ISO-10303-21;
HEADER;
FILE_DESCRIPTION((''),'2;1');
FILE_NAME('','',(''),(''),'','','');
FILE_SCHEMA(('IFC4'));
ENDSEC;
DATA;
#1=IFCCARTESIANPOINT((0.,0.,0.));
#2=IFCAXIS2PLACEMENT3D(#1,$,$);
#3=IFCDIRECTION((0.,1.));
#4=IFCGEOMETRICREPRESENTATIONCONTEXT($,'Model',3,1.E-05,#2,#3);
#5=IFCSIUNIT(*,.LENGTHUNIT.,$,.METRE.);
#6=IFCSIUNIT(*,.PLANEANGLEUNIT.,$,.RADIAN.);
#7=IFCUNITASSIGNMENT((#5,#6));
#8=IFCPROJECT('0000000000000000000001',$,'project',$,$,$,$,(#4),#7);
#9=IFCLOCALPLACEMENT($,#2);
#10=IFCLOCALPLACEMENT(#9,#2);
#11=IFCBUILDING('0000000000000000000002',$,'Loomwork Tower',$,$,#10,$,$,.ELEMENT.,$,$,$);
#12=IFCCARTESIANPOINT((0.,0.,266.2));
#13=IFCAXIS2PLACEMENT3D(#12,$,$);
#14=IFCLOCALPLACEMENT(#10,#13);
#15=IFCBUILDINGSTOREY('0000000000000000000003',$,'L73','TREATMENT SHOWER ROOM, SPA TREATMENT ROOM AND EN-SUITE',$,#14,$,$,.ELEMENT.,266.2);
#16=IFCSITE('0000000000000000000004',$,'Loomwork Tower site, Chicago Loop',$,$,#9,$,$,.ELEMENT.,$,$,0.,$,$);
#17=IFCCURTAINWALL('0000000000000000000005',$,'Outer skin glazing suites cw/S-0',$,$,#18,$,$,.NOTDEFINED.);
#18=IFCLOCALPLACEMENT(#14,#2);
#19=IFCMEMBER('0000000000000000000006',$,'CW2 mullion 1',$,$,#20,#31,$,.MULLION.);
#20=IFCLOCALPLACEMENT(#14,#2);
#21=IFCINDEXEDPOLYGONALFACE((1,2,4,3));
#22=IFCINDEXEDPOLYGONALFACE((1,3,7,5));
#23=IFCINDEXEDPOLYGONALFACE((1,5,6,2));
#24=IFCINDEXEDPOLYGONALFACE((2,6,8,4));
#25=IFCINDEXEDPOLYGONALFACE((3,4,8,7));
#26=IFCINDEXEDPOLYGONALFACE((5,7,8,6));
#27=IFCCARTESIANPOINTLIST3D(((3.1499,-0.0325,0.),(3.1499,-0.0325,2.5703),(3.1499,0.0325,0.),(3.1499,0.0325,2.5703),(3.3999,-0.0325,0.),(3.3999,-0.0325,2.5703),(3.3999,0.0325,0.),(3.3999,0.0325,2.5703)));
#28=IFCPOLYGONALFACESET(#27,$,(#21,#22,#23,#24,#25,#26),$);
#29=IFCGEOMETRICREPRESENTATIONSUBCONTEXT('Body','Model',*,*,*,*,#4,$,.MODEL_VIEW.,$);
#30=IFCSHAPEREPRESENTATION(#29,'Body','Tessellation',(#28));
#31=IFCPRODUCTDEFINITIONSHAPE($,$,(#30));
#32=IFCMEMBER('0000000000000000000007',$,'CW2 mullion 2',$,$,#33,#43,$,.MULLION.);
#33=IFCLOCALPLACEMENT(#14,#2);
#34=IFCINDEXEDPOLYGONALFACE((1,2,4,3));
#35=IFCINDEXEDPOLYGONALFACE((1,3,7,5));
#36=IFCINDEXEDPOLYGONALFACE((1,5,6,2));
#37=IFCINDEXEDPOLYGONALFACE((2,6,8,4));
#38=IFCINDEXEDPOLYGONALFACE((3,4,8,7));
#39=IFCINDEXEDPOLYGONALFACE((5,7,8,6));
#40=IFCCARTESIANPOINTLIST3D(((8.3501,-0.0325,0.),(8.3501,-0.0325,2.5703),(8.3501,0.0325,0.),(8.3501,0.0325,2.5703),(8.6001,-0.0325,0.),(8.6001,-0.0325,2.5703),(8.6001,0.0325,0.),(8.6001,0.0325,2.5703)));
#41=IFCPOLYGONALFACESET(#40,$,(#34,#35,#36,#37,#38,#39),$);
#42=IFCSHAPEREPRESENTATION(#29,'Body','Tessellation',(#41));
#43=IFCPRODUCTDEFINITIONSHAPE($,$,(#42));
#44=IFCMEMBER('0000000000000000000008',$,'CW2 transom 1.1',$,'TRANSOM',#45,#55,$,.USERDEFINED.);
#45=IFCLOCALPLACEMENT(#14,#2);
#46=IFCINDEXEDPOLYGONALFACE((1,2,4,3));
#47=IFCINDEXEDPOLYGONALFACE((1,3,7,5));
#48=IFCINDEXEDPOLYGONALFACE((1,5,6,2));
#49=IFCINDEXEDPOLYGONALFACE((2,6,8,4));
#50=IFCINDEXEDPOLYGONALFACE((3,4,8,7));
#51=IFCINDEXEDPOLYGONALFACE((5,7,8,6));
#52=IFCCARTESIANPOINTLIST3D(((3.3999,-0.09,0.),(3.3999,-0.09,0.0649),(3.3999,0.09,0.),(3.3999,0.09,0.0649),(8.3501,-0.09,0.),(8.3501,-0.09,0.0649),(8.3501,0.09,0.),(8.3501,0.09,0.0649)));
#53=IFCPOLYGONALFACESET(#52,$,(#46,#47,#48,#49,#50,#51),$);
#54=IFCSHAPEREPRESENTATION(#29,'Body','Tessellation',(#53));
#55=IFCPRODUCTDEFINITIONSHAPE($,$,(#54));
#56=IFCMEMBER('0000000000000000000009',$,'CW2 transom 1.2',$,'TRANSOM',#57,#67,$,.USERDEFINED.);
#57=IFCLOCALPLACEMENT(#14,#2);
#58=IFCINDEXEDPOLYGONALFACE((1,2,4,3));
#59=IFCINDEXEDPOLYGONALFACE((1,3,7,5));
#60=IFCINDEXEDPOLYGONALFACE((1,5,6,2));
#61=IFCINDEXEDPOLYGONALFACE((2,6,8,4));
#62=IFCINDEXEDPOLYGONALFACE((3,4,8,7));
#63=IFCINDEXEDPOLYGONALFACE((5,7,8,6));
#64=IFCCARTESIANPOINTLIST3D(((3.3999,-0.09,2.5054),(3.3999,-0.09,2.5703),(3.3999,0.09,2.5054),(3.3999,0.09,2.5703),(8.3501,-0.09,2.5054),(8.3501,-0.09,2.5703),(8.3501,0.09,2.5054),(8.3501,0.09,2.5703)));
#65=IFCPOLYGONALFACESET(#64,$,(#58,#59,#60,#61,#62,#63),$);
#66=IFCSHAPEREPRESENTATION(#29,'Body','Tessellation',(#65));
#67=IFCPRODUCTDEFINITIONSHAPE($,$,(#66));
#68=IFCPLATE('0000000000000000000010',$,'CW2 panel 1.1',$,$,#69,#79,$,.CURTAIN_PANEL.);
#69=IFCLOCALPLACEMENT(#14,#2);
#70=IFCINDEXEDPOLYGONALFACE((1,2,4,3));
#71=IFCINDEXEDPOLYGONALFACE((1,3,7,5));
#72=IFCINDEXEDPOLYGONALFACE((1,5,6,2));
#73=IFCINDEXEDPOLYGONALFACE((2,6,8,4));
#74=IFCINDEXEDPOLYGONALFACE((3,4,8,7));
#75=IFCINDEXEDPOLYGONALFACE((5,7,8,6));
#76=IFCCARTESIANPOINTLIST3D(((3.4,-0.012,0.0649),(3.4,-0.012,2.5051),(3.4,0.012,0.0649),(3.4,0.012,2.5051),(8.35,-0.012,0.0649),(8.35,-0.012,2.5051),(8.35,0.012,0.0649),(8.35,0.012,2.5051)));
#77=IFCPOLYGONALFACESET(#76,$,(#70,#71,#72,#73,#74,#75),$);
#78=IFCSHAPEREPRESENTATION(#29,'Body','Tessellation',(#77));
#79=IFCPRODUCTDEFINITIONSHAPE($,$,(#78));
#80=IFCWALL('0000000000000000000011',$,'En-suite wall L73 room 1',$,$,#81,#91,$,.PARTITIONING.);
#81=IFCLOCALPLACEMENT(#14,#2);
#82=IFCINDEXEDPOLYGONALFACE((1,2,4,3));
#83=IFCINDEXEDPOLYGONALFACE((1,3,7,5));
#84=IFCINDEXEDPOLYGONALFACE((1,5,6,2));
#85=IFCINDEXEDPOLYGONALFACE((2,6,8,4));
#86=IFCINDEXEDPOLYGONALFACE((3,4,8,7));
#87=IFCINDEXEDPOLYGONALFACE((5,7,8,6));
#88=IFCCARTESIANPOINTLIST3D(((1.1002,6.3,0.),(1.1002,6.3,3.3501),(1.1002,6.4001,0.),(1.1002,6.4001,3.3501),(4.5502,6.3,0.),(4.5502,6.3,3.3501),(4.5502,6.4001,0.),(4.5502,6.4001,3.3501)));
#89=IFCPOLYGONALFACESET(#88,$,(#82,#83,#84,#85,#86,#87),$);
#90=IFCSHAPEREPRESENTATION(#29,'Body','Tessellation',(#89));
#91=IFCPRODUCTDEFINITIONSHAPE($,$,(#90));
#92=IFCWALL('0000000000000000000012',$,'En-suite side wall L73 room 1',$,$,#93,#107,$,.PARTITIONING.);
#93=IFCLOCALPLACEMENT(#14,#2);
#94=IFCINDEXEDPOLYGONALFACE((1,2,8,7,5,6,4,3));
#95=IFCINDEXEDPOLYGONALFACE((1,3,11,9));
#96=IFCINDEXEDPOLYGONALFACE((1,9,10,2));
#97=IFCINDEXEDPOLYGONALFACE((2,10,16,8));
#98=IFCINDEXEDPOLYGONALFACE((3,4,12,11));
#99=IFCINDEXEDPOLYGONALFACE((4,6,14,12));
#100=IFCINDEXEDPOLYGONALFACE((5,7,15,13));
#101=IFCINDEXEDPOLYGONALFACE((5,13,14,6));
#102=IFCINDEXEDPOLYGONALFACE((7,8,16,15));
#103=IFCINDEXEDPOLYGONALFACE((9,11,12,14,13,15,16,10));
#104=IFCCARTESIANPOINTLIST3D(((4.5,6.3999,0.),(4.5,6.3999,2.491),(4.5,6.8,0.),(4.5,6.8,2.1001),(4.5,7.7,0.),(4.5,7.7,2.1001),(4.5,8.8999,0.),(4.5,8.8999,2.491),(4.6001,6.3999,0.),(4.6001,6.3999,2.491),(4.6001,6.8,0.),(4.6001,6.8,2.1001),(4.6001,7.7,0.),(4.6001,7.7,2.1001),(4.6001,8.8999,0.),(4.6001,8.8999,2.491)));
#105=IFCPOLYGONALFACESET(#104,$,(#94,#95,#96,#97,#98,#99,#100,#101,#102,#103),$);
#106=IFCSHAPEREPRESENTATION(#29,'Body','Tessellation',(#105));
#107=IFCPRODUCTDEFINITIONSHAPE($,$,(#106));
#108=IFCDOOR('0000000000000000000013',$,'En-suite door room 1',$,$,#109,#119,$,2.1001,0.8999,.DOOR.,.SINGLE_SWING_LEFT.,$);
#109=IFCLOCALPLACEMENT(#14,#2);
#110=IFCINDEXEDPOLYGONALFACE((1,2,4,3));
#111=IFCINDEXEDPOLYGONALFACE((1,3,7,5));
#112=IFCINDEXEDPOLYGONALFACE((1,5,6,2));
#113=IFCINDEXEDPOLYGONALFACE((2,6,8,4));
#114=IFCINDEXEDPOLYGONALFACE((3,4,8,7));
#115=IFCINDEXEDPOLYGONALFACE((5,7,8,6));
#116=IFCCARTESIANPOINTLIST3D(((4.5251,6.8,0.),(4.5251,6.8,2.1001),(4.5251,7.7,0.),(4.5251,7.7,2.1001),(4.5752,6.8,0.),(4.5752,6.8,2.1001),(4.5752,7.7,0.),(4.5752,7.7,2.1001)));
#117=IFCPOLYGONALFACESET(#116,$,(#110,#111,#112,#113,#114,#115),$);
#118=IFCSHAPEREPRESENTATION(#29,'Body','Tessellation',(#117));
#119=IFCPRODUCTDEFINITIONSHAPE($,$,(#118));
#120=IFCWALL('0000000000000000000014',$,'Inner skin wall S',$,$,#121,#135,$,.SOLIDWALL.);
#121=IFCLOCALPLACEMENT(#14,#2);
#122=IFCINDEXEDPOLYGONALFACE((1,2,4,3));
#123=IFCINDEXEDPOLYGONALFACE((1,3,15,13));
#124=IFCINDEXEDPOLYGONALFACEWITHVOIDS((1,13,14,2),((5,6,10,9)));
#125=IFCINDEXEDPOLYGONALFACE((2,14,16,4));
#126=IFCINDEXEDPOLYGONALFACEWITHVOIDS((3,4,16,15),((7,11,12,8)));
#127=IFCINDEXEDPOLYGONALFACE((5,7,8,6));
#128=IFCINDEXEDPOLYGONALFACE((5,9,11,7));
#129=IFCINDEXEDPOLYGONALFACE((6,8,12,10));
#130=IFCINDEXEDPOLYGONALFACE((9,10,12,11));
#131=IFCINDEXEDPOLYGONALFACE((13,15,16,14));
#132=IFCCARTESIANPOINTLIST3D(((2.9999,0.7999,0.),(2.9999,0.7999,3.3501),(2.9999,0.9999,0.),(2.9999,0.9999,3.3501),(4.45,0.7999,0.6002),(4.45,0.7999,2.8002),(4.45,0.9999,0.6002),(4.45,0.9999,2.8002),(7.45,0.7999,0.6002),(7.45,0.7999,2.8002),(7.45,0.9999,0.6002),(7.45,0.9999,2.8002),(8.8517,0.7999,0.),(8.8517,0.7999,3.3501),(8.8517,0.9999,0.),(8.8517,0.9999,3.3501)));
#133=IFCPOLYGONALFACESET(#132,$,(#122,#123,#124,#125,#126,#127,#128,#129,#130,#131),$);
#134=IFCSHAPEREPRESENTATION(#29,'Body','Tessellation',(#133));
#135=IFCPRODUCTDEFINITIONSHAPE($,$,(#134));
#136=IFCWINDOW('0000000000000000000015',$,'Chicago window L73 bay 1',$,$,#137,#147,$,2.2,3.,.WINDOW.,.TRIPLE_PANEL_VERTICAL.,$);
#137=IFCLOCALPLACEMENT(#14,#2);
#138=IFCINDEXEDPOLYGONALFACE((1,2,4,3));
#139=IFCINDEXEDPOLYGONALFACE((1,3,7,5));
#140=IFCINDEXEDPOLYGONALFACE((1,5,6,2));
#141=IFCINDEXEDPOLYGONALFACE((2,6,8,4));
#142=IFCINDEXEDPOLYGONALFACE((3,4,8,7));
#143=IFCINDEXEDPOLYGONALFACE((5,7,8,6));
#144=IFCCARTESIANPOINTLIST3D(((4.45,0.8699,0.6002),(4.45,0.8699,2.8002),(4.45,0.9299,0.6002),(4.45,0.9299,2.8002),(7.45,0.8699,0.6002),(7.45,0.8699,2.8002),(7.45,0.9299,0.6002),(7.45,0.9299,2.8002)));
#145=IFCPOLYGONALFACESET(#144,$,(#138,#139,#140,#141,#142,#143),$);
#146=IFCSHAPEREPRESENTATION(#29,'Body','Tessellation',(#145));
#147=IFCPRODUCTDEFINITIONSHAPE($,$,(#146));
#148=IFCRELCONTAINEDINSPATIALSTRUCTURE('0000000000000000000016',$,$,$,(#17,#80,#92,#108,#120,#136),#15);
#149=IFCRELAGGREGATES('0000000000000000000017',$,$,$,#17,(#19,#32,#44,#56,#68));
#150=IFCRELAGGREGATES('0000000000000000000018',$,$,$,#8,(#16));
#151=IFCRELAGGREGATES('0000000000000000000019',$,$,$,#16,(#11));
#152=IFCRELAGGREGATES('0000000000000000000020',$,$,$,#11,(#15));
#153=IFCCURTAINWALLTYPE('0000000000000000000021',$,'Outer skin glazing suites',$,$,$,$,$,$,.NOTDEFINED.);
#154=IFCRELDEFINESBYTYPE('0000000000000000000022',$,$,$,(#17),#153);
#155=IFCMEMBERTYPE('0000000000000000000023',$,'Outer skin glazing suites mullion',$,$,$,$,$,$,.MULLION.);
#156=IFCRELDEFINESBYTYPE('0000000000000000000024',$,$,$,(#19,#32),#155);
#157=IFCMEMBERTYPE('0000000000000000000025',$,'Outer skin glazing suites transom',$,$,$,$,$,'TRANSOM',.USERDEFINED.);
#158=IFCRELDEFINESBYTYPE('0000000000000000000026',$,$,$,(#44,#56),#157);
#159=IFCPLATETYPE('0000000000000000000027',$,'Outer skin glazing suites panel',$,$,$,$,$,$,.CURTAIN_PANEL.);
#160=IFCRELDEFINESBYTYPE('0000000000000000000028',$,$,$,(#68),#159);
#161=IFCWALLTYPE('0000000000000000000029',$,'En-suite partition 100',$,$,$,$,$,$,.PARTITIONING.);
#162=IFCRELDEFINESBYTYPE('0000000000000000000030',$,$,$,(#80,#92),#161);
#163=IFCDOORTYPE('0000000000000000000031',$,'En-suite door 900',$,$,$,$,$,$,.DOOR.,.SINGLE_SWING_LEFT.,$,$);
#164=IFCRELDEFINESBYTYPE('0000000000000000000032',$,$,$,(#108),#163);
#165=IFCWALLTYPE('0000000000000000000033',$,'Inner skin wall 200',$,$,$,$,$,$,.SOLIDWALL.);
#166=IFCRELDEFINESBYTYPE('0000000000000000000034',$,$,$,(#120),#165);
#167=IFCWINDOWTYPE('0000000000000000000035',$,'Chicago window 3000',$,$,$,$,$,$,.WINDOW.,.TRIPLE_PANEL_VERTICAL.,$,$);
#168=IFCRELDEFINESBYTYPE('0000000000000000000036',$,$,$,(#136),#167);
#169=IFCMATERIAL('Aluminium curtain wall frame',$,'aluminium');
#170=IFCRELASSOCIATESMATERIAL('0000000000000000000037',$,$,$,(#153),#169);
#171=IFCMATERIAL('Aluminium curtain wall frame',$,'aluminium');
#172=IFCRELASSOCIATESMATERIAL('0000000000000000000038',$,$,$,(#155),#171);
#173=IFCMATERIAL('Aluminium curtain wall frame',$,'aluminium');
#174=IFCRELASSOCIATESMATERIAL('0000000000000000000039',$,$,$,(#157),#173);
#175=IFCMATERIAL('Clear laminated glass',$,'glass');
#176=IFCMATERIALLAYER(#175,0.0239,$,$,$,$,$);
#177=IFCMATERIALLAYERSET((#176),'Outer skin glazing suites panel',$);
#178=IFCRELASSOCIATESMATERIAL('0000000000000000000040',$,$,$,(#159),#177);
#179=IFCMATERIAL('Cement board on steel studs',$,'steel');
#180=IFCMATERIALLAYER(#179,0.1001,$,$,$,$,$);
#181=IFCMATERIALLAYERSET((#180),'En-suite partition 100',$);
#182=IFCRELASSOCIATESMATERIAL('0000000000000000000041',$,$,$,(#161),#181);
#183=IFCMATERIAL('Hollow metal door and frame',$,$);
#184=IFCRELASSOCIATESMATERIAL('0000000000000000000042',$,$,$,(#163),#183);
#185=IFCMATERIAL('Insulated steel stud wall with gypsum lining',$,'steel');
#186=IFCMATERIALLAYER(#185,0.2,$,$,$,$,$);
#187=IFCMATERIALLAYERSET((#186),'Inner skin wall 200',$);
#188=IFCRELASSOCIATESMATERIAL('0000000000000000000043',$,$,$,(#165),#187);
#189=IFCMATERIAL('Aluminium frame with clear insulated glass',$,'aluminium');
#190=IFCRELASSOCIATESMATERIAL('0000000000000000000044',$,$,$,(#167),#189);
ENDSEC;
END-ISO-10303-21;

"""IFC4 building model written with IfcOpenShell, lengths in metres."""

from ifc_helpers import new_model, si_unit, direction, frame, frame_2d, origin, origin_2d, place, context, subcontext, project, spatial, rectangle, extrude, material, layer, layer_set, material_profile, profile_set, type_object, element, fill, aggregate, save


model = new_model("IFC4")

# Units and contexts
model_context = context("Model", 3, precision=1e-05, world=origin(), true_north=direction((0.0, 1.0)))
body_context = subcontext(model_context, "Body", "Model", "MODEL_VIEW")
ifc_project = project(units=[si_unit("LENGTHUNIT", "METRE"), si_unit("PLANEANGLEUNIT", "RADIAN")], contexts=[model_context])

# Site, building, storey
site_placement = place(None, origin())
site = spatial("IfcSite", under=ifc_project, at=site_placement, Name="Loomwork Tower site, Chicago Loop", CompositionType="ELEMENT", RefElevation=0.0)
building_placement = place(site_placement, origin())
building = spatial("IfcBuilding", under=site, at=building_placement, Name="Loomwork Tower", CompositionType="ELEMENT")
storey_placement = place(building_placement, frame((0.0, 0.0, 266.2)))
storey = spatial("IfcBuildingStorey", under=building, at=storey_placement, Name="L73", Description="TREATMENT SHOWER ROOM, SPA TREATMENT ROOM AND EN-SUITE", CompositionType="ELEMENT", Elevation=266.2)

# Curtain wall, members, plate
ifc_material_1 = material(Name="Aluminium curtain wall frame", Category="aluminium")
curtain_wall_type = type_object("IfcCurtainWallType", Name="Outer skin glazing suites", PredefinedType="NOTDEFINED", material=ifc_material_1)
curtain_wall_placement = place(storey_placement, origin())
curtain_wall = element("IfcCurtainWall", 1, at=curtain_wall_placement, inside=storey, type_object=curtain_wall_type, Name="Outer skin glazing suites cw/S-0", PredefinedType="NOTDEFINED")
ifc_material_2 = material(Name="Aluminium curtain wall frame", Category="aluminium")
ifc_material_profile_1 = material_profile(ifc_material_2, rectangle(XDim=0.0649, YDim=0.25, at=origin_2d()), Name="AL 65x250")
ifc_profile_set_1 = profile_set([ifc_material_profile_1], Name="Aluminium curtain wall frame")
member_type_1 = type_object("IfcMemberType", Name="Outer skin glazing suites mullion", PredefinedType="MULLION", material=ifc_profile_set_1)
member_1_placement = place(storey_placement, frame((3.2749, 0.0, 0.0), z_axis=(0.0, 0.0, 1.0), x_axis=(0.0, 1.0, 0.0)))
member_1 = element("IfcMember", 2, at=member_1_placement, type_object=member_type_1, Name="CW2 mullion 1", PredefinedType="MULLION", context=body_context, shape_type="SweptSolid", body=[
    extrude(rectangle(XDim=0.0649, YDim=0.25, at=origin_2d()), origin(), (0.0, 0.0, 1.0), 2.5703),
])
member_2_placement = place(storey_placement, frame((8.4751, 0.0, 0.0), z_axis=(0.0, 0.0, 1.0), x_axis=(0.0, 1.0, 0.0)))
member_2 = element("IfcMember", 3, at=member_2_placement, type_object=member_type_1, Name="CW2 mullion 2", PredefinedType="MULLION", context=body_context, shape_type="SweptSolid", body=[
    extrude(rectangle(XDim=0.0649, YDim=0.25, at=origin_2d()), origin(), (0.0, 0.0, 1.0), 2.5703),
])
ifc_material_3 = material(Name="Aluminium curtain wall frame", Category="aluminium")
ifc_material_profile_2 = material_profile(ifc_material_3, rectangle(XDim=0.1799, YDim=0.0649, at=origin_2d()), Name="AL 65x180")
ifc_profile_set_2 = profile_set([ifc_material_profile_2], Name="Aluminium curtain wall frame")
member_type_2 = type_object("IfcMemberType", Name="Outer skin glazing suites transom", ElementType="TRANSOM", PredefinedType="USERDEFINED", material=ifc_profile_set_2)
member_3_placement = place(storey_placement, frame((3.3999, 0.0, 0.0325), z_axis=(1.0, 0.0, 0.0), x_axis=(0.0, 1.0, 0.0)))
member_3 = element("IfcMember", 4, at=member_3_placement, type_object=member_type_2, Name="CW2 transom 1.1", ObjectType="TRANSOM", PredefinedType="USERDEFINED", context=body_context, shape_type="SweptSolid", body=[
    extrude(rectangle(XDim=0.1799, YDim=0.0649, at=origin_2d()), origin(), (0.0, 0.0, 1.0), 4.9502),
])
member_4_placement = place(storey_placement, frame((3.3999, 0.0, 2.5378), z_axis=(1.0, 0.0, 0.0), x_axis=(0.0, 1.0, 0.0)))
member_4 = element("IfcMember", 5, at=member_4_placement, type_object=member_type_2, Name="CW2 transom 1.2", ObjectType="TRANSOM", PredefinedType="USERDEFINED", context=body_context, shape_type="SweptSolid", body=[
    extrude(rectangle(XDim=0.1799, YDim=0.0649, at=origin_2d()), origin(), (0.0, 0.0, 1.0), 4.9502),
])
ifc_material_4 = material(Name="Clear laminated glass", Category="glass")
ifc_layer_1 = layer(ifc_material_4, 0.0239)
ifc_layer_set_1 = layer_set([ifc_layer_1], Name="Outer skin glazing suites panel")
plate_type = type_object("IfcPlateType", Name="Outer skin glazing suites panel", PredefinedType="CURTAIN_PANEL", material=ifc_layer_set_1)
plate_placement = place(storey_placement, frame((5.875, 0.0, 0.0649), z_axis=(0.0, 0.0, 1.0), x_axis=(1.0, 0.0, 0.0)))
plate = element("IfcPlate", 6, at=plate_placement, type_object=plate_type, Name="CW2 panel 1.1", PredefinedType="CURTAIN_PANEL", context=body_context, shape_type="SweptSolid", body=[
    extrude(rectangle(XDim=4.95, YDim=0.0239, at=origin_2d()), origin(), (0.0, 0.0, 1.0), 2.4402),
])
aggregate(curtain_wall, [member_1, member_2, member_3, member_4, plate])

# Wall
ifc_material_5 = material(Name="Cement board on steel studs", Category="steel")
ifc_layer_2 = layer(ifc_material_5, 0.1001)
ifc_layer_set_2 = layer_set([ifc_layer_2], Name="En-suite partition 100")
wall_type_1 = type_object("IfcWallType", Name="En-suite partition 100", PredefinedType="PARTITIONING", material=ifc_layer_set_2)
wall_1_placement = place(storey_placement, frame((1.1001, 6.3501, 0.0), z_axis=(0.0, 0.0, 1.0), x_axis=(1.0, 0.0, 0.0)))
element("IfcWall", 7, at=wall_1_placement, inside=storey, type_object=wall_type_1, Name="En-suite wall L73 room 1", PredefinedType="PARTITIONING", context=body_context, shape_type="SweptSolid", body=[
    extrude(rectangle(XDim=3.45, YDim=0.1001, at=frame_2d((1.7251, 0.0))), origin(), (0.0, 0.0, 1.0), 3.3501),
])

# Wall, opening, door
wall_2_placement = place(storey_placement, frame((4.55, 8.8999, 0.0), z_axis=(0.0, 0.0, 1.0), x_axis=(0.0, -1.0, 0.0)))
wall_2 = element("IfcWall", 8, at=wall_2_placement, inside=storey, type_object=wall_type_1, Name="En-suite side wall L73 room 1", PredefinedType="PARTITIONING", context=body_context, shape_type="SweptSolid", body=[
    extrude(rectangle(XDim=2.5, YDim=0.1001, at=frame_2d((1.25, 0.0))), origin(), (0.0, 0.0, 1.0), 2.491),
])
opening_1_placement = place(wall_2_placement, frame((1.2, 0.0, 0.0)))
opening_1 = element("IfcOpeningElement", 9, at=opening_1_placement, cuts=wall_2, PredefinedType="OPENING", context=body_context, shape_type="SweptSolid", body=[
    extrude(rectangle(XDim=0.8999, YDim=2.1001, at=frame_2d((0.45, 1.05))), frame((0.0, 0.0601, 0.0), z_axis=(0.0, -1.0, 0.0), x_axis=(1.0, 0.0, 0.0)), (0.0, 0.0, 1.0), 0.1201),
])
ifc_material_6 = material(Name="Hollow metal door and frame")
door_type = type_object("IfcDoorType", Name="En-suite door 900", OperationType="SINGLE_SWING_LEFT", PredefinedType="DOOR", material=ifc_material_6)
door_placement = place(opening_1_placement, frame((0.8999, 0.0, 0.0), z_axis=(0.0, 0.0, 1.0), x_axis=(-1.0, 0.0, 0.0)))
door = element("IfcDoor", 10, at=door_placement, inside=storey, type_object=door_type, Name="En-suite door room 1", OperationType="SINGLE_SWING_LEFT", OverallHeight=2.1001, OverallWidth=0.8999, PredefinedType="DOOR", context=body_context, shape_type="SweptSolid", body=[
    extrude(rectangle(XDim=0.8999, YDim=2.1001, at=frame_2d((0.45, 1.05))), frame((0.0, 0.0249, 0.0), z_axis=(0.0, -1.0, 0.0), x_axis=(1.0, 0.0, 0.0)), (0.0, 0.0, 1.0), 0.05),
])
fill(opening_1, door)

# Wall, opening, window
ifc_material_7 = material(Name="Insulated steel stud wall with gypsum lining", Category="steel")
ifc_layer_3 = layer(ifc_material_7, 0.2)
ifc_layer_set_3 = layer_set([ifc_layer_3], Name="Inner skin wall 200")
wall_type_2 = type_object("IfcWallType", Name="Inner skin wall 200", PredefinedType="SOLIDWALL", material=ifc_layer_set_3)
wall_3_placement = place(storey_placement, frame((3.0, 0.8999, 0.0), z_axis=(0.0, 0.0, 1.0), x_axis=(1.0, 0.0, 0.0)))
wall_3 = element("IfcWall", 11, at=wall_3_placement, inside=storey, type_object=wall_type_2, Name="Inner skin wall S", PredefinedType="SOLIDWALL", context=body_context, shape_type="SweptSolid", body=[
    extrude(rectangle(XDim=5.8518, YDim=0.2, at=frame_2d((2.9258, 0.0))), origin(), (0.0, 0.0, 1.0), 3.3501),
])
opening_2_placement = place(wall_3_placement, frame((1.45, 0.0, 0.6001)))
opening_2 = element("IfcOpeningElement", 12, at=opening_2_placement, cuts=wall_3, PredefinedType="OPENING", context=body_context, shape_type="SweptSolid", body=[
    extrude(rectangle(XDim=3.0, YDim=2.2, at=frame_2d((1.5, 1.1001))), frame((0.0, 0.1099, 0.0), z_axis=(0.0, -1.0, 0.0), x_axis=(1.0, 0.0, 0.0)), (0.0, 0.0, 1.0), 0.22),
])
ifc_material_8 = material(Name="Aluminium frame with clear insulated glass", Category="aluminium")
window_type_1 = type_object("IfcWindowType", Name="Chicago window 3000", PartitioningType="TRIPLE_PANEL_VERTICAL", PredefinedType="WINDOW", material=ifc_material_8)
window_1_placement = place(opening_2_placement, origin())
window_1 = element("IfcWindow", 13, at=window_1_placement, inside=storey, type_object=window_type_1, Name="Chicago window L73 bay 1", OverallHeight=2.2, OverallWidth=3.0, PartitioningType="TRIPLE_PANEL_VERTICAL", PredefinedType="WINDOW", context=body_context, shape_type="SweptSolid", body=[
    extrude(rectangle(XDim=3.0, YDim=2.2, at=frame_2d((1.5, 1.1001))), frame((0.0, 0.03, 0.0), z_axis=(0.0, -1.0, 0.0), x_axis=(1.0, 0.0, 0.0)), (0.0, 0.0, 1.0), 0.0601),
])
fill(opening_2, window_1)

save(model, "model.ifc")
